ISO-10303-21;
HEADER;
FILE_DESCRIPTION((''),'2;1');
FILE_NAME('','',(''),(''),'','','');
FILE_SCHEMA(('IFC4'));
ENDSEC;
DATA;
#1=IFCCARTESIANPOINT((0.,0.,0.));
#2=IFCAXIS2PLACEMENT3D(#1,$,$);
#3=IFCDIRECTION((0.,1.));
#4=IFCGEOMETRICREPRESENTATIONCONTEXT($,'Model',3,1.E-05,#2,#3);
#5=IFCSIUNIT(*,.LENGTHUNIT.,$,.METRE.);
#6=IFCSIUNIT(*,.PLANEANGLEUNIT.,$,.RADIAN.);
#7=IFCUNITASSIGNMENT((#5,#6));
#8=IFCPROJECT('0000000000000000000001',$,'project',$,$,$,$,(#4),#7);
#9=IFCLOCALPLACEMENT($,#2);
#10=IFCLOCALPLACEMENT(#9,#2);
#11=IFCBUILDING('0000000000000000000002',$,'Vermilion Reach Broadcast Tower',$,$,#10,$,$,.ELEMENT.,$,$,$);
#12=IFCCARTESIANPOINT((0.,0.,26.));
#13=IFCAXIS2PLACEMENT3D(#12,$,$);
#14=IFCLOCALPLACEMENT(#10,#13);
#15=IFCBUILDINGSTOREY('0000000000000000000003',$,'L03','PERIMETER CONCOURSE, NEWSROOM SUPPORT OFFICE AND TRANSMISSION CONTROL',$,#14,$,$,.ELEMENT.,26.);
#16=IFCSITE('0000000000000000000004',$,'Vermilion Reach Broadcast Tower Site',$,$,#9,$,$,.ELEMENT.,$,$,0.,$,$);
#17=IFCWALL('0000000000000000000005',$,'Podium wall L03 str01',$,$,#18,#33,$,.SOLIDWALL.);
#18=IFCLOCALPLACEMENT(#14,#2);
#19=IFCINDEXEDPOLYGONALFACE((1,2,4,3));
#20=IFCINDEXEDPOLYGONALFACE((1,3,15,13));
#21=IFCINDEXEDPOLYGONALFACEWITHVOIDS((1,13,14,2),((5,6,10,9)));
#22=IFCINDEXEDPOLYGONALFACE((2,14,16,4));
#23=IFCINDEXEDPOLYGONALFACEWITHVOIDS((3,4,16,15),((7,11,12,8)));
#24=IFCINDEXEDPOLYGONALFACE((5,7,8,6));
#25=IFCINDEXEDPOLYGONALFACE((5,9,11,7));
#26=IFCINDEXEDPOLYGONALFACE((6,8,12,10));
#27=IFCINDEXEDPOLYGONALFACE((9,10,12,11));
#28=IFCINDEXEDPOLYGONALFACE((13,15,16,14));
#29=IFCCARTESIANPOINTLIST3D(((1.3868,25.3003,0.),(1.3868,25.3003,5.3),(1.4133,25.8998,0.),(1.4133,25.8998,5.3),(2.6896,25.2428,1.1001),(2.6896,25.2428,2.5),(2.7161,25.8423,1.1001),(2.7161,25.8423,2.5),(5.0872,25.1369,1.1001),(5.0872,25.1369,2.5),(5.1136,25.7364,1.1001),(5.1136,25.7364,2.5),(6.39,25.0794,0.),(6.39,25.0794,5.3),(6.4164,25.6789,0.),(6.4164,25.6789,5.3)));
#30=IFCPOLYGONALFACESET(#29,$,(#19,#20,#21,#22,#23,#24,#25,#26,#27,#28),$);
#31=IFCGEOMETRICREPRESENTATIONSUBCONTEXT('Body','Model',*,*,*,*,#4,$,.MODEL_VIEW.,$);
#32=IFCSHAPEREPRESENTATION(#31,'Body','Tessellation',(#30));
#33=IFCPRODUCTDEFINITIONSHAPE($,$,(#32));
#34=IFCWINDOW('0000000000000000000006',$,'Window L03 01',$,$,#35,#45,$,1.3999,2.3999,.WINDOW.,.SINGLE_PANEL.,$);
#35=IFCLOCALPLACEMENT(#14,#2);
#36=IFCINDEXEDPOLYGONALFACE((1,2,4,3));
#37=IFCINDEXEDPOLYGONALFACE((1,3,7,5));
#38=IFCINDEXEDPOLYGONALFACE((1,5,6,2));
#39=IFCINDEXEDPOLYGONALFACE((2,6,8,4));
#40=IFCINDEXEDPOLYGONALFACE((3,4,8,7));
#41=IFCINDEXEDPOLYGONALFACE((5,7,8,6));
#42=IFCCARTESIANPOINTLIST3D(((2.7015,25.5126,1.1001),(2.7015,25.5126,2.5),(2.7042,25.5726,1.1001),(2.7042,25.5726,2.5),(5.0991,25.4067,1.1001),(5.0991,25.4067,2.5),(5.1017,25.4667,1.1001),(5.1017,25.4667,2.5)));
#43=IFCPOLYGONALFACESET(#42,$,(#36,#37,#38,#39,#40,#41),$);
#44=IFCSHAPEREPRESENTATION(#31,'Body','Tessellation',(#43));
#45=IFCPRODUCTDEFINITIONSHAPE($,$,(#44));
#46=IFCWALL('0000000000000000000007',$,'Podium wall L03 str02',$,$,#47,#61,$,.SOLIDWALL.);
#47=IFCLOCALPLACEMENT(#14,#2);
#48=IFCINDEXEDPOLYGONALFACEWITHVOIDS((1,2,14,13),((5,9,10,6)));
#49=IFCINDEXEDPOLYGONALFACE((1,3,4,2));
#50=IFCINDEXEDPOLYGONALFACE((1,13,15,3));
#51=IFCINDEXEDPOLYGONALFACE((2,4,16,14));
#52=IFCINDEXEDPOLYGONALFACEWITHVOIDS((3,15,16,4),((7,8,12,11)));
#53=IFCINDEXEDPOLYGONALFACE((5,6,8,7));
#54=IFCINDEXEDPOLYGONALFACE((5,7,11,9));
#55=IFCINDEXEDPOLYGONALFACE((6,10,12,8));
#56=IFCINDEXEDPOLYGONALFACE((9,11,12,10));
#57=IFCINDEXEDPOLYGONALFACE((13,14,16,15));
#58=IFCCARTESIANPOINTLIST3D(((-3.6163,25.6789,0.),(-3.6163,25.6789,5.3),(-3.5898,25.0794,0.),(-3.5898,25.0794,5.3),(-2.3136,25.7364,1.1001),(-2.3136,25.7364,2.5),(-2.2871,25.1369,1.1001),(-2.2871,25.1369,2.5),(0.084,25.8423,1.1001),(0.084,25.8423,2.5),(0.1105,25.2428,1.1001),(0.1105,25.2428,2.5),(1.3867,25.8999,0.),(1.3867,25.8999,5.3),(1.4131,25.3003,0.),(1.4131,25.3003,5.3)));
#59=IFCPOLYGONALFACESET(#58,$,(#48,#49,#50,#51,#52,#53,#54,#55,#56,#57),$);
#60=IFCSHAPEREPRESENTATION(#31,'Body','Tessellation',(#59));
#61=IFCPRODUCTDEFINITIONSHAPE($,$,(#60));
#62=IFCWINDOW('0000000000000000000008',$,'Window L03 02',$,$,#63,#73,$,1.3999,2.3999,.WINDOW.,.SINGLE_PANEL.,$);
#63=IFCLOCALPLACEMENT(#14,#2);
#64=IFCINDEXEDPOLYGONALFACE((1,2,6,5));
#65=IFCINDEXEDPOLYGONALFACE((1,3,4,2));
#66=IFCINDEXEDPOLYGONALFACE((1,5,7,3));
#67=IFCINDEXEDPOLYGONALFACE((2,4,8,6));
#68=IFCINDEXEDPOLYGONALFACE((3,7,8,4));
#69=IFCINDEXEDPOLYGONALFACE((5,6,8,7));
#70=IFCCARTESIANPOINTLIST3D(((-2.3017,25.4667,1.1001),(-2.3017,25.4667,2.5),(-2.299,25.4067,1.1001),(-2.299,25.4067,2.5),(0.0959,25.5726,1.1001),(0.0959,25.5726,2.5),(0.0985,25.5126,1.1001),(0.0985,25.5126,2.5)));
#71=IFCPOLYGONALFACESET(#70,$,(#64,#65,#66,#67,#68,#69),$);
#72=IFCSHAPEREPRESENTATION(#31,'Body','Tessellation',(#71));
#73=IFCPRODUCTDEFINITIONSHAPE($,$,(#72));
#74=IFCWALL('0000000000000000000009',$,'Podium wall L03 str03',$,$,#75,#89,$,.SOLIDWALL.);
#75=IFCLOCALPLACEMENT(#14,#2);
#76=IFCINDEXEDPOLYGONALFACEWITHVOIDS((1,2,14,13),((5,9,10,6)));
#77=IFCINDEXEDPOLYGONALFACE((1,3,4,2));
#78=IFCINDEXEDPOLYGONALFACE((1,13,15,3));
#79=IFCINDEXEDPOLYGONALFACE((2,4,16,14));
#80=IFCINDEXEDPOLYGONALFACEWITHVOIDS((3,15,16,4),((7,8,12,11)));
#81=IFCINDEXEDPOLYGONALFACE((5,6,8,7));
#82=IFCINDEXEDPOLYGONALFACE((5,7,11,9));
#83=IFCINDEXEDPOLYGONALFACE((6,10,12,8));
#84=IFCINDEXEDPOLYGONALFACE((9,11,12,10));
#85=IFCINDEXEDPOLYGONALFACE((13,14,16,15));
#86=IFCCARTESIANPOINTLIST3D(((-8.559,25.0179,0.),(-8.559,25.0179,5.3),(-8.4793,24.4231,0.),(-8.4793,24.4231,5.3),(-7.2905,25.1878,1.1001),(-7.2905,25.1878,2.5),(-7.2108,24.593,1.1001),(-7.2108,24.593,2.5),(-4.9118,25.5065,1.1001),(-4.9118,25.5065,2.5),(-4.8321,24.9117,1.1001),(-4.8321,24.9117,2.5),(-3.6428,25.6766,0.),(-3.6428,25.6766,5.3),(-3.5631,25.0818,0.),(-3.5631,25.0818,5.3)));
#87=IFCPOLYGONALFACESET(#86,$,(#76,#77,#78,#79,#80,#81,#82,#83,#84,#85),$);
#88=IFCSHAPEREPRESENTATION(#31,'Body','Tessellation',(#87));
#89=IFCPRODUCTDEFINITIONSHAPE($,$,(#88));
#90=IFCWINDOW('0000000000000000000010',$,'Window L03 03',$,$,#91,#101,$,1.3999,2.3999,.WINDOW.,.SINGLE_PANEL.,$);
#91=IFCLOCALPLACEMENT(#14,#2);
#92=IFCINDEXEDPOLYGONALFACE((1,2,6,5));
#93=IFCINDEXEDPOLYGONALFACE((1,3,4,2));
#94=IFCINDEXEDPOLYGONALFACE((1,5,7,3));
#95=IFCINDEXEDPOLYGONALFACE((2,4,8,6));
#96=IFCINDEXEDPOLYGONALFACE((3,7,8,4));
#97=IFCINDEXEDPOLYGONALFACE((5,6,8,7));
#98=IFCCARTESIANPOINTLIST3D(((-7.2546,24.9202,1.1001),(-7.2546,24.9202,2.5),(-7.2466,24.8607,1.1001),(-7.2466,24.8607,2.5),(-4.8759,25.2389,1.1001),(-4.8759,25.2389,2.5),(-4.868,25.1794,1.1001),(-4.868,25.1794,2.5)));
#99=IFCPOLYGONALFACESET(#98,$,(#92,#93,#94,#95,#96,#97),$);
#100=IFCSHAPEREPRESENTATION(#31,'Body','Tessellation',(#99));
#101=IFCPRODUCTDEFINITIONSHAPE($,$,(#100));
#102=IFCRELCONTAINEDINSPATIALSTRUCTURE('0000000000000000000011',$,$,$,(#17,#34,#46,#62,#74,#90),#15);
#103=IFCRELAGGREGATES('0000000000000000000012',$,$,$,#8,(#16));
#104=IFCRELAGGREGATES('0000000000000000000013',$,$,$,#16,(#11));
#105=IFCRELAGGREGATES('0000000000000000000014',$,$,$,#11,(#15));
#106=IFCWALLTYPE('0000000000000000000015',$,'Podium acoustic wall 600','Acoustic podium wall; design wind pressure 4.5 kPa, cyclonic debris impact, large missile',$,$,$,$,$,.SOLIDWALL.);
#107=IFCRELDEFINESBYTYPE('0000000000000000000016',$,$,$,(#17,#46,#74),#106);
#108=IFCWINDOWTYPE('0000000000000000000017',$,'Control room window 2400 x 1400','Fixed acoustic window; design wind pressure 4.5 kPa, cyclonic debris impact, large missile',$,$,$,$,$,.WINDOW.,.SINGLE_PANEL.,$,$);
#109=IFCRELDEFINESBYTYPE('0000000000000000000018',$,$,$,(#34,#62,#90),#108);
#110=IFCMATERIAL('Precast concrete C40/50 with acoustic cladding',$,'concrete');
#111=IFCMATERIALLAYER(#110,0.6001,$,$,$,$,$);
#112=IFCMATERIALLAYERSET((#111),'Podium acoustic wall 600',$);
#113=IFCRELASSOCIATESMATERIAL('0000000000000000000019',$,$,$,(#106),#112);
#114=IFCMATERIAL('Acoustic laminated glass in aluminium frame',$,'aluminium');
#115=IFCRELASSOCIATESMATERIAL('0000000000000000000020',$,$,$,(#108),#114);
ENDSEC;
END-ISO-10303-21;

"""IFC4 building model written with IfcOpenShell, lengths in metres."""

from ifc_helpers import new_model, si_unit, direction, frame, frame_2d, origin, place, context, subcontext, project, spatial, rectangle, extrude, material, layer, layer_set, type_object, element, fill, save


model = new_model("IFC4")

# Units and contexts
model_context = context("Model", 3, precision=1e-05, world=origin(), true_north=direction((0.0, 1.0)))
body_context = subcontext(model_context, "Body", "Model", "MODEL_VIEW")
ifc_project = project(units=[si_unit("LENGTHUNIT", "METRE"), si_unit("PLANEANGLEUNIT", "RADIAN")], contexts=[model_context])

# Site, building, storey
site_placement = place(None, origin())
site = spatial("IfcSite", under=ifc_project, at=site_placement, Name="Vermilion Reach Broadcast Tower Site", CompositionType="ELEMENT", RefElevation=0.0)
building_placement = place(site_placement, origin())
building = spatial("IfcBuilding", under=site, at=building_placement, Name="Vermilion Reach Broadcast Tower", CompositionType="ELEMENT")
storey_placement = place(building_placement, frame((0.0, 0.0, 26.0)))
storey = spatial("IfcBuildingStorey", under=building, at=storey_placement, Name="L03", Description="PERIMETER CONCOURSE, NEWSROOM SUPPORT OFFICE AND TRANSMISSION CONTROL", CompositionType="ELEMENT", Elevation=26.0)

# Shared definitions
ifc_material_1 = material(Name="Precast concrete C40/50 with acoustic cladding", Category="concrete")
ifc_layer_1 = layer(ifc_material_1, 0.6001)
ifc_layer_set_1 = layer_set([ifc_layer_1], Name="Podium acoustic wall 600")
wall_type_1 = type_object("IfcWallType", Name="Podium acoustic wall 600", Description="Acoustic podium wall; design wind pressure 4.5 kPa, cyclonic debris impact, large missile", PredefinedType="SOLIDWALL", material=ifc_layer_set_1)

# Walls, openings, windows
wall_1_placement = place(storey_placement, frame((6.4031, 25.3792, 0.0), z_axis=(0.0, 0.0, 1.0), x_axis=(-0.999026, 0.044118, 0.0)))
wall_1 = element("IfcWall", 1, at=wall_1_placement, inside=storey, type_object=wall_type_1, Name="Podium wall L03 str01", PredefinedType="SOLIDWALL", context=body_context, shape_type="SweptSolid", body=[
    extrude(rectangle(XDim=5.0081, YDim=0.6001, at=frame_2d((2.5039, 0.0))), origin(), (0.0, 0.0, 1.0), 5.3),
])
opening_1_placement = place(wall_1_placement, frame((1.304, 0.0, 1.1001)))
opening_1 = element("IfcOpeningElement", 2, at=opening_1_placement, cuts=wall_1, PredefinedType="OPENING", context=body_context, shape_type="SweptSolid", body=[
    extrude(rectangle(XDim=2.3999, YDim=1.3999, at=frame_2d((1.2, 0.7))), frame((0.0, 0.3101, 0.0), z_axis=(0.0, -1.0, 0.0), x_axis=(1.0, 0.0, 0.0)), (0.0, 0.0, 1.0), 0.6201),
])
ifc_material_2 = material(Name="Acoustic laminated glass in aluminium frame", Category="aluminium")
window_type = type_object("IfcWindowType", Name="Control room window 2400 x 1400", Description="Fixed acoustic window; design wind pressure 4.5 kPa, cyclonic debris impact, large missile", PartitioningType="SINGLE_PANEL", PredefinedType="WINDOW", material=ifc_material_2)
window_1_placement = place(opening_1_placement, origin())
window_1 = element("IfcWindow", 3, at=window_1_placement, inside=storey, type_object=window_type, Name="Window L03 01", OverallHeight=1.3999, OverallWidth=2.3999, PartitioningType="SINGLE_PANEL", PredefinedType="WINDOW", context=body_context, shape_type="SweptSolid", body=[
    extrude(rectangle(XDim=2.3999, YDim=1.3999, at=frame_2d((1.2, 0.7))), frame((0.0, 0.03, 0.0), z_axis=(0.0, -1.0, 0.0), x_axis=(1.0, 0.0, 0.0)), (0.0, 0.0, 1.0), 0.0601),
])
fill(opening_1, window_1)
wall_2_placement = place(storey_placement, frame((1.3999, 25.6001, 0.0), z_axis=(0.0, 0.0, 1.0), x_axis=(-0.999026, -0.044121, 0.0)))
wall_2 = element("IfcWall", 4, at=wall_2_placement, inside=storey, type_object=wall_type_1, Name="Podium wall L03 str02", PredefinedType="SOLIDWALL", context=body_context, shape_type="SweptSolid", body=[
    extrude(rectangle(XDim=5.0078, YDim=0.6001, at=frame_2d((2.5039, 0.0))), origin(), (0.0, 0.0, 1.0), 5.3),
])
opening_2_placement = place(wall_2_placement, frame((1.304, 0.0, 1.1001)))
opening_2 = element("IfcOpeningElement", 5, at=opening_2_placement, cuts=wall_2, PredefinedType="OPENING", context=body_context, shape_type="SweptSolid", body=[
    extrude(rectangle(XDim=2.3999, YDim=1.3999, at=frame_2d((1.2, 0.7))), frame((0.0, 0.3101, 0.0), z_axis=(0.0, -1.0, 0.0), x_axis=(1.0, 0.0, 0.0)), (0.0, 0.0, 1.0), 0.6201),
])
window_2_placement = place(opening_2_placement, origin())
window_2 = element("IfcWindow", 6, at=window_2_placement, inside=storey, type_object=window_type, Name="Window L03 02", OverallHeight=1.3999, OverallWidth=2.3999, PartitioningType="SINGLE_PANEL", PredefinedType="WINDOW", context=body_context, shape_type="SweptSolid", body=[
    extrude(rectangle(XDim=2.3999, YDim=1.3999, at=frame_2d((1.2, 0.7))), frame((0.0, 0.03, 0.0), z_axis=(0.0, -1.0, 0.0), x_axis=(1.0, 0.0, 0.0)), (0.0, 0.0, 1.0), 0.0601),
])
fill(opening_2, window_2)
wall_3_placement = place(storey_placement, frame((-3.603, 25.3792, 0.0), z_axis=(0.0, 0.0, 1.0), x_axis=(-0.991143, -0.132796, 0.0)))
wall_3 = element("IfcWall", 7, at=wall_3_placement, inside=storey, type_object=wall_type_1, Name="Podium wall L03 str03", PredefinedType="SOLIDWALL", context=body_context, shape_type="SweptSolid", body=[
    extrude(rectangle(XDim=4.9602, YDim=0.6001, at=frame_2d((2.48, 0.0))), origin(), (0.0, 0.0, 1.0), 5.3),
])
opening_3_placement = place(wall_3_placement, frame((1.2803, 0.0, 1.1001)))
opening_3 = element("IfcOpeningElement", 8, at=opening_3_placement, cuts=wall_3, PredefinedType="OPENING", context=body_context, shape_type="SweptSolid", body=[
    extrude(rectangle(XDim=2.3999, YDim=1.3999, at=frame_2d((1.2, 0.7))), frame((0.0, 0.3101, 0.0), z_axis=(0.0, -1.0, 0.0), x_axis=(1.0, 0.0, 0.0)), (0.0, 0.0, 1.0), 0.6201),
])
window_3_placement = place(opening_3_placement, origin())
window_3 = element("IfcWindow", 9, at=window_3_placement, inside=storey, type_object=window_type, Name="Window L03 03", OverallHeight=1.3999, OverallWidth=2.3999, PartitioningType="SINGLE_PANEL", PredefinedType="WINDOW", context=body_context, shape_type="SweptSolid", body=[
    extrude(rectangle(XDim=2.3999, YDim=1.3999, at=frame_2d((1.2, 0.7))), frame((0.0, 0.03, 0.0), z_axis=(0.0, -1.0, 0.0), x_axis=(1.0, 0.0, 0.0)), (0.0, 0.0, 1.0), 0.0601),
])
fill(opening_3, window_3)

save(model, "model.ifc")
